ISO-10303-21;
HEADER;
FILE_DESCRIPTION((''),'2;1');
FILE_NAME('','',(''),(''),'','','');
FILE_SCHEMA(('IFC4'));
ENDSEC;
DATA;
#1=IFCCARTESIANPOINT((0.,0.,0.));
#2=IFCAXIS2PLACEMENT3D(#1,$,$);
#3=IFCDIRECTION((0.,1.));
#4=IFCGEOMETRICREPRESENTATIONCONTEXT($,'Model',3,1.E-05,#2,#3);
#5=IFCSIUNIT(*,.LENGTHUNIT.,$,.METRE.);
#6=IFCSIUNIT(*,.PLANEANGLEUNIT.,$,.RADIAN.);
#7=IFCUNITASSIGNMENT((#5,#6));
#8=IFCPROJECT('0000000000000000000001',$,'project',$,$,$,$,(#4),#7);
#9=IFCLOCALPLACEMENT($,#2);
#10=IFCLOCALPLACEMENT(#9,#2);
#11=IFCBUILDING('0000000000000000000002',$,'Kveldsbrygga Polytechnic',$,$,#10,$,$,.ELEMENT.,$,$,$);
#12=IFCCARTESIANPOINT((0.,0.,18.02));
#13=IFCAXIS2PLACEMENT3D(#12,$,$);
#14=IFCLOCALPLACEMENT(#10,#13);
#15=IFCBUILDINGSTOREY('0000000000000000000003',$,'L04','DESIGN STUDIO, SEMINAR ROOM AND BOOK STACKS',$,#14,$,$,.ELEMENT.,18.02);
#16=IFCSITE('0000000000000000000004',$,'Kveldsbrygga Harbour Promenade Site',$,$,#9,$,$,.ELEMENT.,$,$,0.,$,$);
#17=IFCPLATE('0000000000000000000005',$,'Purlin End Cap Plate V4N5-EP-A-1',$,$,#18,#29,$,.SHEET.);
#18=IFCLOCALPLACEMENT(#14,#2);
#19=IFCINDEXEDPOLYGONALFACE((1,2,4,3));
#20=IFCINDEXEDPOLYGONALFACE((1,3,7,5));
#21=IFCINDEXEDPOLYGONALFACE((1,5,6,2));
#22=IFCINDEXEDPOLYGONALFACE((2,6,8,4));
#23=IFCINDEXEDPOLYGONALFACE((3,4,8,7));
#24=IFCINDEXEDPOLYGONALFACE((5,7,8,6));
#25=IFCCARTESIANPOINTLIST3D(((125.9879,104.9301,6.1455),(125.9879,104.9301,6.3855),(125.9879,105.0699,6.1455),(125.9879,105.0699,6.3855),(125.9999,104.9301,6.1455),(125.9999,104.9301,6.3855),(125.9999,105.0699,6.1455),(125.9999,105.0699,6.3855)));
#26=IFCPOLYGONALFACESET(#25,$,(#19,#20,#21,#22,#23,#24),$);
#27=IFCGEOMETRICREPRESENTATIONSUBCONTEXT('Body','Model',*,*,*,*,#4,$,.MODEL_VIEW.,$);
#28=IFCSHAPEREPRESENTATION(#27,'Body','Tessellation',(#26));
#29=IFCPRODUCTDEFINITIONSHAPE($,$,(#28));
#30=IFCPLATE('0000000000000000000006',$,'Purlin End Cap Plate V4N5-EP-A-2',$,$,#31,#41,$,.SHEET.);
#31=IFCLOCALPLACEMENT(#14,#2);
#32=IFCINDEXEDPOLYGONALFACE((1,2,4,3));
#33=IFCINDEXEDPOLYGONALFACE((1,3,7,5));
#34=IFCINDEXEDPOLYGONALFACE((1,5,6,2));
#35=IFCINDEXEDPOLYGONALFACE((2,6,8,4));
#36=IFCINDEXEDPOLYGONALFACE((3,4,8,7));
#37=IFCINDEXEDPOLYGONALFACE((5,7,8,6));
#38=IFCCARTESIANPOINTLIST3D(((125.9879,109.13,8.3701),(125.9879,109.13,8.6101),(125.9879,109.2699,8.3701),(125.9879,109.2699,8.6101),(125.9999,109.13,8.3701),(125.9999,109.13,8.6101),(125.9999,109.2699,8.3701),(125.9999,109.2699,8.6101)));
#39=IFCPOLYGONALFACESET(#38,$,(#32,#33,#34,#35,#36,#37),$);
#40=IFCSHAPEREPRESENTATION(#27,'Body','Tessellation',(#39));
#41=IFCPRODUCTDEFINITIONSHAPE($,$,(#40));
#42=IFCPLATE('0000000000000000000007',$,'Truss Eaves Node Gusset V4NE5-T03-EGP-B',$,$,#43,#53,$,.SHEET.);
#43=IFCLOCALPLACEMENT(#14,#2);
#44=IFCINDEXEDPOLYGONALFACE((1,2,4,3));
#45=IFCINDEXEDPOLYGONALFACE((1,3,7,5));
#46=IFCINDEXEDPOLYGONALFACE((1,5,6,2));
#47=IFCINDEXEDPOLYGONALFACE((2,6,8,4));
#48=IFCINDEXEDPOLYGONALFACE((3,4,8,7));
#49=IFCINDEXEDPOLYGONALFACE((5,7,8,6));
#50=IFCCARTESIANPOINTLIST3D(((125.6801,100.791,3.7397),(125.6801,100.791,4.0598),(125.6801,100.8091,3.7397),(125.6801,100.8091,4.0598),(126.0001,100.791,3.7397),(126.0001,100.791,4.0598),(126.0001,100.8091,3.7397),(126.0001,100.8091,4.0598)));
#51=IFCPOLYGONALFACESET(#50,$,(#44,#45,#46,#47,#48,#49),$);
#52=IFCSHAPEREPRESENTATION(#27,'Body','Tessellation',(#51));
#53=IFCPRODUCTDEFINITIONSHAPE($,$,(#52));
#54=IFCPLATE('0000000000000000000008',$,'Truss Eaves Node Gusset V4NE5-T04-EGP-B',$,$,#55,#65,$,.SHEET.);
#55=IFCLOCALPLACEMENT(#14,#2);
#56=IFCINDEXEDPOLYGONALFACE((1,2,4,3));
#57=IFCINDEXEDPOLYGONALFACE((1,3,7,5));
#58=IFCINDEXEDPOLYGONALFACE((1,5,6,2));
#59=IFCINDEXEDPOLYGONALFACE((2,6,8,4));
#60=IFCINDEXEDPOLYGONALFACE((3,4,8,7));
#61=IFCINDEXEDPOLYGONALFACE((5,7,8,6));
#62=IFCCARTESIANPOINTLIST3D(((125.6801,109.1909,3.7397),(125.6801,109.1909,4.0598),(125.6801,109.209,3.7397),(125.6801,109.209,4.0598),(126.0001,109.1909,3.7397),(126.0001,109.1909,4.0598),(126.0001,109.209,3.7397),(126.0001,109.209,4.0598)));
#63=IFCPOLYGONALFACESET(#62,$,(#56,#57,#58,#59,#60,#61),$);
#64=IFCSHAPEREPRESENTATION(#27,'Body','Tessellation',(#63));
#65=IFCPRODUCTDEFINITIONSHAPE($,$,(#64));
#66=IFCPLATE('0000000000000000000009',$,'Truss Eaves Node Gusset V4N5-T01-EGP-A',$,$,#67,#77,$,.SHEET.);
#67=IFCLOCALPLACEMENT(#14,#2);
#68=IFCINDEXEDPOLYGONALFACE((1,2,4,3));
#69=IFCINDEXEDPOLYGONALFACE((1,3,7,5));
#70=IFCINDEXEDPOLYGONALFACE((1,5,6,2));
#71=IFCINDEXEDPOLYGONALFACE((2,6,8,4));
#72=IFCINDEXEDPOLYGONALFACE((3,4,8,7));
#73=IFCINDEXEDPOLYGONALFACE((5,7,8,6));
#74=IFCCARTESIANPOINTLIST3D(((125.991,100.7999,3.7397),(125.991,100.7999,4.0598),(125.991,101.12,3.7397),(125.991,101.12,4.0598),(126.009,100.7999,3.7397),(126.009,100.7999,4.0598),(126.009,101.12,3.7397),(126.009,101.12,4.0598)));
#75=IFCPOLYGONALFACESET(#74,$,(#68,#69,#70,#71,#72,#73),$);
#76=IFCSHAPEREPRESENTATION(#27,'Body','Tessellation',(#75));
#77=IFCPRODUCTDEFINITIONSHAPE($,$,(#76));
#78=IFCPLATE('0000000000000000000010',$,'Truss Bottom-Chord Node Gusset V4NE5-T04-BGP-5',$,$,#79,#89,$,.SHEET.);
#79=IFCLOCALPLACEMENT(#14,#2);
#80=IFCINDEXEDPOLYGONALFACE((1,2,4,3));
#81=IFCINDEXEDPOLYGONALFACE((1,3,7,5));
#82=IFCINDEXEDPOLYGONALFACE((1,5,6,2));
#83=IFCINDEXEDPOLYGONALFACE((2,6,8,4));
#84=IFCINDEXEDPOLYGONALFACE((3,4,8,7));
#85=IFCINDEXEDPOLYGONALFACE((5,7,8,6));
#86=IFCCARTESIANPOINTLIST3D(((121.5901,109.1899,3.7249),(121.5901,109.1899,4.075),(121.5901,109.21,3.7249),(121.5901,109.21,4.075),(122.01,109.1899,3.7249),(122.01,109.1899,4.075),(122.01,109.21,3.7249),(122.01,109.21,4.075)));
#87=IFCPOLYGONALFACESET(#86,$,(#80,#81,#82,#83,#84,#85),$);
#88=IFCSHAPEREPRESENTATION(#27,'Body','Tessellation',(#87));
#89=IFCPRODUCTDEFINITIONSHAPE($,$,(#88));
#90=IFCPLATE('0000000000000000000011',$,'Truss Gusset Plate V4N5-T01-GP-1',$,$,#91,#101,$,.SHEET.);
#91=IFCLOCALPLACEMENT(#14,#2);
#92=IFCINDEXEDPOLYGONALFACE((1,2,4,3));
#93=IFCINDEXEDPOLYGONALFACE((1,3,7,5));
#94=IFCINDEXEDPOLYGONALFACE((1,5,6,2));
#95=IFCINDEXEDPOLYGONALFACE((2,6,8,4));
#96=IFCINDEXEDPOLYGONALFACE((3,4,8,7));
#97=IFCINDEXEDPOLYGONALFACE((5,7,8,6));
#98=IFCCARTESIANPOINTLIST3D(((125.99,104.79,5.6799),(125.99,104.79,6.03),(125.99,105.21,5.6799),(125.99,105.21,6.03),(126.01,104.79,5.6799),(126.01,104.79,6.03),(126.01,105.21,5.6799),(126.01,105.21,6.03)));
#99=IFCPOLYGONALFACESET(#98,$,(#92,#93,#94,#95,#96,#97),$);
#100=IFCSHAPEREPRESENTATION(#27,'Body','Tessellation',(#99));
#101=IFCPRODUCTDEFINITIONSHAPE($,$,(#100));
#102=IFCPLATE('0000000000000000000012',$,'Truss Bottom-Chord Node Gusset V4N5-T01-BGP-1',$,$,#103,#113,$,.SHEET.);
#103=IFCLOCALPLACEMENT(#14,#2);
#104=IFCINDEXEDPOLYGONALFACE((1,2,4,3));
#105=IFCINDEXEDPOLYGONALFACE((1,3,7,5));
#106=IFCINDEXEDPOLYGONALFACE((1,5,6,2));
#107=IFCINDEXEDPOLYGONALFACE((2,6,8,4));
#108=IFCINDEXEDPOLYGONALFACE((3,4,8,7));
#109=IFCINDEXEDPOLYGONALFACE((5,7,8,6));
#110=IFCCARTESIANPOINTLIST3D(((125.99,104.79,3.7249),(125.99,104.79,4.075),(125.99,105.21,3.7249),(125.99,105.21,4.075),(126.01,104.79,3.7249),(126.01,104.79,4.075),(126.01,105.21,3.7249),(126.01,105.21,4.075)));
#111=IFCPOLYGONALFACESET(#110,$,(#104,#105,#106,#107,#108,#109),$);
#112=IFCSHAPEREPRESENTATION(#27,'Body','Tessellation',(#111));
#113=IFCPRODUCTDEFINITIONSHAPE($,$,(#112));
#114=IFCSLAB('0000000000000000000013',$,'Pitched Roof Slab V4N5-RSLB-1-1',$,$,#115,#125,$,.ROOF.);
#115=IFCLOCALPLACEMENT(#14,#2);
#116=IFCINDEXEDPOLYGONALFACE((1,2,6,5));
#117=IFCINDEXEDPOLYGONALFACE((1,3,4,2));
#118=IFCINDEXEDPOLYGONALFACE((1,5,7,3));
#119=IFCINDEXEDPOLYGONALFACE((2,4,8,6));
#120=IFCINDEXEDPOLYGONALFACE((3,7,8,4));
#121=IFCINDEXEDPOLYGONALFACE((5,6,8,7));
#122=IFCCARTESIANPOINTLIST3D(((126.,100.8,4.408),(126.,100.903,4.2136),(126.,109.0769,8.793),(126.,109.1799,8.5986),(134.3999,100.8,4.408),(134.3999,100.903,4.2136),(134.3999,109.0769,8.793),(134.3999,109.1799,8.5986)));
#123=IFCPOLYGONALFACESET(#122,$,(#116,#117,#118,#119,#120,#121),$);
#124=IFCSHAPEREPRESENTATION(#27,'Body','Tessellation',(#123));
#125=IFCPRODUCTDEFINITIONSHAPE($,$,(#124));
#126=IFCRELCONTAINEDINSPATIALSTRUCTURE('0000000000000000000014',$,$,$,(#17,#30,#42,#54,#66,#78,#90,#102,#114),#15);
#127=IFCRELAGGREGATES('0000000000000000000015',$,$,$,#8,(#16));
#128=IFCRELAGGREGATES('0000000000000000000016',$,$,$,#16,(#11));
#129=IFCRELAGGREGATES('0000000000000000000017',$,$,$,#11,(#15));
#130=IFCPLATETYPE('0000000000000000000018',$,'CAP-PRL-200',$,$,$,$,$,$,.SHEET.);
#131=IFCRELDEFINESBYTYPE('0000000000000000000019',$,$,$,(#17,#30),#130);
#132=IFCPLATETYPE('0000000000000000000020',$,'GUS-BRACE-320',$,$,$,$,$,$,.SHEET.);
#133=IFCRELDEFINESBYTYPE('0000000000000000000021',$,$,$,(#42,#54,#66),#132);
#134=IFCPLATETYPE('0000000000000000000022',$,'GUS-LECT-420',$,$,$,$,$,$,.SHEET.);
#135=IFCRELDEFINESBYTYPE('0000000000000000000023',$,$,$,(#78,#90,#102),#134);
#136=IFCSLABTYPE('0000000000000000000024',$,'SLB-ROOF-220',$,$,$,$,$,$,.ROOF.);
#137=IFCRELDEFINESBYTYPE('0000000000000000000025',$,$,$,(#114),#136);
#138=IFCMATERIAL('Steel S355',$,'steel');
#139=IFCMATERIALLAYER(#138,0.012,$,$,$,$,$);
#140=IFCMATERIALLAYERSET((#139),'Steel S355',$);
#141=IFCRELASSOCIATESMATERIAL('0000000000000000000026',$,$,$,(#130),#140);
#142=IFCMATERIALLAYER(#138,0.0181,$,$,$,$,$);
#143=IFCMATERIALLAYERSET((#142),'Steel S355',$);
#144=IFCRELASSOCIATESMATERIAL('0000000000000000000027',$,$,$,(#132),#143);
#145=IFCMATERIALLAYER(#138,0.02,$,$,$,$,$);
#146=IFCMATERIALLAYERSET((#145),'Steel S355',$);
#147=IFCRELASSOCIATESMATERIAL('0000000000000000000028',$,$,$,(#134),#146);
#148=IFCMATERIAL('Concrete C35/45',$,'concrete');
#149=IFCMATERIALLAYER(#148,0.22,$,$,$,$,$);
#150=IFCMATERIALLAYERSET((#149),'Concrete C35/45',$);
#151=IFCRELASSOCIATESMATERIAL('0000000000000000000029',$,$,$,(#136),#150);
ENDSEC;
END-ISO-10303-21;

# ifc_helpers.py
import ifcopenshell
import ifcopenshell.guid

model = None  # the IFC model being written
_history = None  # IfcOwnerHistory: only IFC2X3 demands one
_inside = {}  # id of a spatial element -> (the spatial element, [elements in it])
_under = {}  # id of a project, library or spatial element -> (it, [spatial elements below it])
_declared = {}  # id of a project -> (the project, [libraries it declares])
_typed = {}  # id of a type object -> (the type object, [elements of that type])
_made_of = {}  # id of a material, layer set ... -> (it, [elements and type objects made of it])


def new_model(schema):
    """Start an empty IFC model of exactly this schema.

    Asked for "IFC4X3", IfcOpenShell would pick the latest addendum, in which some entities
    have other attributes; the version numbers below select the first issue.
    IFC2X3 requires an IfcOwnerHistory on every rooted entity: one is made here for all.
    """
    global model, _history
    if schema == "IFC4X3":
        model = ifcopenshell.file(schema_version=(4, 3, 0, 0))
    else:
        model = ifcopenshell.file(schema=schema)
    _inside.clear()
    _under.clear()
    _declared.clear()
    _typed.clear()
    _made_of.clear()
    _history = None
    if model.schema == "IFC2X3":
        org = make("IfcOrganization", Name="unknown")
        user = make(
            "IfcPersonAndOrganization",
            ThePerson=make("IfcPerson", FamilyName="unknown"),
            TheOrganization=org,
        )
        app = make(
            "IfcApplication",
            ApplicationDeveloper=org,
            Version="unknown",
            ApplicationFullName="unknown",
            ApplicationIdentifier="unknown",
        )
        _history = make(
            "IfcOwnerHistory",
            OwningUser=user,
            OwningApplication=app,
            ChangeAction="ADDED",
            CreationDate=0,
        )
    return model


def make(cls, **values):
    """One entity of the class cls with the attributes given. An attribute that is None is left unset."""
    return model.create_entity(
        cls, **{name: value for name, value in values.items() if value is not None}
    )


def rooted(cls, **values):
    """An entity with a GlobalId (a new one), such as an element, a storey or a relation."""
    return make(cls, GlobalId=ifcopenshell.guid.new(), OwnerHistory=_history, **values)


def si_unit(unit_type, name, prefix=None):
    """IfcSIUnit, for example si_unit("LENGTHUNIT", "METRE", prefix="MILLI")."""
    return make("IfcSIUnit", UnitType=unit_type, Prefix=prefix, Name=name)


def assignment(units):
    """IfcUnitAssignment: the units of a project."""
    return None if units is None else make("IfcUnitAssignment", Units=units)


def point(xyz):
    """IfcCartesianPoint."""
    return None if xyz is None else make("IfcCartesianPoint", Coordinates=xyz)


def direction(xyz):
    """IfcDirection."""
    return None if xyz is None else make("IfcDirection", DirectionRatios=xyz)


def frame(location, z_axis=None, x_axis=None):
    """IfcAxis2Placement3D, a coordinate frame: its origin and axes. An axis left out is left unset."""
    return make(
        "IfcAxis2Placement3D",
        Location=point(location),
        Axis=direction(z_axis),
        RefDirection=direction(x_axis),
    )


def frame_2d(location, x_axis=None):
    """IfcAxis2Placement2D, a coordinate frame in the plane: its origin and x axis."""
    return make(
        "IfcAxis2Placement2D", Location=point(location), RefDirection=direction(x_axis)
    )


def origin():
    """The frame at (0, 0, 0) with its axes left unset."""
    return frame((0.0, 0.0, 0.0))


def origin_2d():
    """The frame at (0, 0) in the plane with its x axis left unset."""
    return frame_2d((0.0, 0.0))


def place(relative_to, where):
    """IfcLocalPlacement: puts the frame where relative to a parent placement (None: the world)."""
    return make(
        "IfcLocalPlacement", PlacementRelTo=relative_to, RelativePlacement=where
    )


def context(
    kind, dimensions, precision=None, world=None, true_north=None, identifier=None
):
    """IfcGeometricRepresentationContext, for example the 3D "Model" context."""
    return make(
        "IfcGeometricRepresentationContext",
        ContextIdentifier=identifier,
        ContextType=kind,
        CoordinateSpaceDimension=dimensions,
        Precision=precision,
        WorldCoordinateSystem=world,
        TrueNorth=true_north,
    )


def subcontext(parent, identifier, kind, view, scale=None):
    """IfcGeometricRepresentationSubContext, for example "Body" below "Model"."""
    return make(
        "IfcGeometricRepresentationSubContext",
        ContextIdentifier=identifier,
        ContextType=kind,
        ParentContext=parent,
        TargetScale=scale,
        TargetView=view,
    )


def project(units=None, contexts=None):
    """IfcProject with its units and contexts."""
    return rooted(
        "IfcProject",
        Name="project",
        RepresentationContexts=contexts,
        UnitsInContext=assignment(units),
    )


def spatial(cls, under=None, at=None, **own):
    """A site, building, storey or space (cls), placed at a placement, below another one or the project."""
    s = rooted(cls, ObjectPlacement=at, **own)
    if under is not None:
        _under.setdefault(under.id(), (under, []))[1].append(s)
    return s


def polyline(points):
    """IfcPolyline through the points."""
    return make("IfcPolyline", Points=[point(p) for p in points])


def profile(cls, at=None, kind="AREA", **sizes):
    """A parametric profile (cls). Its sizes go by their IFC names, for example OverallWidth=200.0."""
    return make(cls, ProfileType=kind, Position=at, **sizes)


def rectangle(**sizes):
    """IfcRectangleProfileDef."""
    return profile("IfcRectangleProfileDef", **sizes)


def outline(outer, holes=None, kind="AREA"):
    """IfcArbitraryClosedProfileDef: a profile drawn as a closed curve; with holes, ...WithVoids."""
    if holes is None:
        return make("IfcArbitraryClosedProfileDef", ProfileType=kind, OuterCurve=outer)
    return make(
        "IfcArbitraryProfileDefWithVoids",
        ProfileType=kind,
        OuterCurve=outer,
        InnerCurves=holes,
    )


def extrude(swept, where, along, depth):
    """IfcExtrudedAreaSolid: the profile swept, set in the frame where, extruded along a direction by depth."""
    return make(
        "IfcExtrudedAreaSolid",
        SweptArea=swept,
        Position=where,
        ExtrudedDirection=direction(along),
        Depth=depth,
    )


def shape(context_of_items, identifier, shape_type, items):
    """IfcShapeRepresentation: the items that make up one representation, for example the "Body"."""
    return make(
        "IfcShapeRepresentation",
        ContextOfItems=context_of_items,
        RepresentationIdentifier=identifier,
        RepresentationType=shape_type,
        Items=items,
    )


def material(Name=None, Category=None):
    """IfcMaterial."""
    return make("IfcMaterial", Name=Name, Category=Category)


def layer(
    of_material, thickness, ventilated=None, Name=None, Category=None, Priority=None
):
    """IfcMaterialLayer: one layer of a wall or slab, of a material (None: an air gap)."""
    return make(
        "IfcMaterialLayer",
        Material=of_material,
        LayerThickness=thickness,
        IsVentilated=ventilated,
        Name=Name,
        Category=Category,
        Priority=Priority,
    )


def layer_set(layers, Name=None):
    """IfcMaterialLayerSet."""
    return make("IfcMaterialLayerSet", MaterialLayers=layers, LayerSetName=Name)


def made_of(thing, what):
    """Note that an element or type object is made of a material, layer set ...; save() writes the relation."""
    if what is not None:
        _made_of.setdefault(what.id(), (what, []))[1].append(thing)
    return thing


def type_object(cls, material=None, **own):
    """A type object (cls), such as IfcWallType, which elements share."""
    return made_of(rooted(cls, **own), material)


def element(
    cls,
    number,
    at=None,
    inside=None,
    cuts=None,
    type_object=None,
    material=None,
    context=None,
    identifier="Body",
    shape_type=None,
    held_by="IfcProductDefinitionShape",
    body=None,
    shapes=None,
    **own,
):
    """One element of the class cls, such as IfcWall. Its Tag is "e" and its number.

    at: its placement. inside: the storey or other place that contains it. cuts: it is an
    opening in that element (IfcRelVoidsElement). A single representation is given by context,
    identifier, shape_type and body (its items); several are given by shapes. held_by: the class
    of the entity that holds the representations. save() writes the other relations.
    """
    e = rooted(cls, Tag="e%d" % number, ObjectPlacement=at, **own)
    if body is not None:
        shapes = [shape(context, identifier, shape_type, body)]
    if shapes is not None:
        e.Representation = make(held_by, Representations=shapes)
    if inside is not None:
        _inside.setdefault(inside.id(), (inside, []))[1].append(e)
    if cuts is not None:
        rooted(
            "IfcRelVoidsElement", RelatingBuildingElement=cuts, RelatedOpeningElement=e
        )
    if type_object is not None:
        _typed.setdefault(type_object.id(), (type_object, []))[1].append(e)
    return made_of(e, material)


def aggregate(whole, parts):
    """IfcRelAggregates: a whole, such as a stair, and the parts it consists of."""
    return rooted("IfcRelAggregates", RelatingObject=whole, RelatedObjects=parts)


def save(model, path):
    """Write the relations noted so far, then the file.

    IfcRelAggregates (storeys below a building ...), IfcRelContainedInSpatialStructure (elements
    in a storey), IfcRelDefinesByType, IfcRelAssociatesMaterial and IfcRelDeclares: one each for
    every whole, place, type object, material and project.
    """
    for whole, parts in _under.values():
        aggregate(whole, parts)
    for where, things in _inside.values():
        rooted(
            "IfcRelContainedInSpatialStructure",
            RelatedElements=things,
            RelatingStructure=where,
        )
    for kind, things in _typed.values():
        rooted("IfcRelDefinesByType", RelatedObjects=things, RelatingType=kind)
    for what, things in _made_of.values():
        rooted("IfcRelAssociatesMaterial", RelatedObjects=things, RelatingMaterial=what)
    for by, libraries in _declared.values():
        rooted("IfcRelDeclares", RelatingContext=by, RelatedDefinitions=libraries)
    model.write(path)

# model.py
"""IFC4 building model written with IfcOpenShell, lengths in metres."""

from ifc_helpers import new_model, si_unit, direction, frame, origin, origin_2d, place, context, subcontext, project, spatial, polyline, rectangle, outline, extrude, material, layer, layer_set, type_object, element, save


model = new_model("IFC4")

# Units and contexts
model_context = context("Model", 3, precision=1e-05, world=origin(), true_north=direction((0.0, 1.0)))
body_context = subcontext(model_context, "Body", "Model", "MODEL_VIEW")
ifc_project = project(units=[si_unit("LENGTHUNIT", "METRE"), si_unit("PLANEANGLEUNIT", "RADIAN")], contexts=[model_context])

# Site, building, storey
site_placement = place(None, origin())
site = spatial("IfcSite", under=ifc_project, at=site_placement, Name="Kveldsbrygga Harbour Promenade Site", CompositionType="ELEMENT", RefElevation=0.0)
building_placement = place(site_placement, origin())
building = spatial("IfcBuilding", under=site, at=building_placement, Name="Kveldsbrygga Polytechnic", CompositionType="ELEMENT")
storey_placement = place(building_placement, frame((0.0, 0.0, 18.02)))
storey = spatial("IfcBuildingStorey", under=building, at=storey_placement, Name="L04", Description="DESIGN STUDIO, SEMINAR ROOM AND BOOK STACKS", CompositionType="ELEMENT", Elevation=18.02)

# Shared definitions
ifc_material_1 = material(Name="Concrete C35/45", Category="concrete")

# Shared definitions
ifc_material_2 = material(Name="Steel S355", Category="steel")

# Plates
ifc_layer_1 = layer(ifc_material_2, 0.012)
ifc_layer_set_1 = layer_set([ifc_layer_1], Name="Steel S355")
plate_type_1 = type_object("IfcPlateType", Name="CAP-PRL-200", PredefinedType="SHEET", material=ifc_layer_set_1)
for number, where, z_axis, x_axis, name in (
    (1, (125.9939, 105.0, 6.1455), (0.0, 0.0, 1.0), (1.0, 0.0, 0.0), "Purlin End Cap Plate V4N5-EP-A-1"),
    (2, (125.9939, 109.2, 8.3701), (0.0, 0.0, 1.0), (1.0, 0.0, 0.0), "Purlin End Cap Plate V4N5-EP-A-2"),
):
    element("IfcPlate", number, at=place(storey_placement, frame(where, z_axis=z_axis, x_axis=x_axis)), inside=storey, type_object=plate_type_1, Name=name, PredefinedType="SHEET", context=body_context, shape_type="SweptSolid", body=[
        extrude(rectangle(XDim=0.012, YDim=0.1399, at=origin_2d()), origin(), (0.0, 0.0, 1.0), 0.24),
    ])
ifc_layer_2 = layer(ifc_material_2, 0.0181)
ifc_layer_set_2 = layer_set([ifc_layer_2], Name="Steel S355")
plate_type_2 = type_object("IfcPlateType", Name="GUS-BRACE-320", PredefinedType="SHEET", material=ifc_layer_set_2)
for number, where, z_axis, x_axis, name in (
    (3, (125.8401, 100.8, 3.7397), (0.0, 0.0, 1.0), (1.0, 0.0, 0.0), "Truss Eaves Node Gusset V4NE5-T03-EGP-B"),
    (4, (125.8401, 109.2, 3.7397), (0.0, 0.0, 1.0), (1.0, 0.0, 0.0), "Truss Eaves Node Gusset V4NE5-T04-EGP-B"),
):
    element("IfcPlate", number, at=place(storey_placement, frame(where, z_axis=z_axis, x_axis=x_axis)), inside=storey, type_object=plate_type_2, Name=name, PredefinedType="SHEET", context=body_context, shape_type="SweptSolid", body=[
        extrude(rectangle(XDim=0.3201, YDim=0.0181, at=origin_2d()), origin(), (0.0, 0.0, 1.0), 0.3201),
    ])
plate_1_placement = place(storey_placement, frame((126.0, 100.96, 3.7397), z_axis=(0.0, 0.0, 1.0), x_axis=(1.0, 0.0, 0.0)))
element("IfcPlate", 5, at=plate_1_placement, inside=storey, type_object=plate_type_2, Name="Truss Eaves Node Gusset V4N5-T01-EGP-A", PredefinedType="SHEET", context=body_context, shape_type="SweptSolid", body=[
    extrude(rectangle(XDim=0.0181, YDim=0.3201, at=origin_2d()), origin(), (0.0, 0.0, 1.0), 0.3201),
])
ifc_layer_3 = layer(ifc_material_2, 0.02)
ifc_layer_set_3 = layer_set([ifc_layer_3], Name="Steel S355")
plate_type_3 = type_object("IfcPlateType", Name="GUS-LECT-420", PredefinedType="SHEET", material=ifc_layer_set_3)
plate_2_placement = place(storey_placement, frame((121.8, 109.2, 3.7249), z_axis=(0.0, 0.0, 1.0), x_axis=(1.0, 0.0, 0.0)))
element("IfcPlate", 6, at=plate_2_placement, inside=storey, type_object=plate_type_3, Name="Truss Bottom-Chord Node Gusset V4NE5-T04-BGP-5", PredefinedType="SHEET", context=body_context, shape_type="SweptSolid", body=[
    extrude(rectangle(XDim=0.4199, YDim=0.02, at=origin_2d()), origin(), (0.0, 0.0, 1.0), 0.3501),
])
for number, where, z_axis, x_axis, name in (
    (7, (126.0, 105.0, 5.6799), (0.0, 0.0, 1.0), (1.0, 0.0, 0.0), "Truss Gusset Plate V4N5-T01-GP-1"),
    (8, (126.0, 105.0, 3.7249), (0.0, 0.0, 1.0), (1.0, 0.0, 0.0), "Truss Bottom-Chord Node Gusset V4N5-T01-BGP-1"),
):
    element("IfcPlate", number, at=place(storey_placement, frame(where, z_axis=z_axis, x_axis=x_axis)), inside=storey, type_object=plate_type_3, Name=name, PredefinedType="SHEET", context=body_context, shape_type="SweptSolid", body=[
        extrude(rectangle(XDim=0.02, YDim=0.4199, at=origin_2d()), origin(), (0.0, 0.0, 1.0), 0.3501),
    ])

# Slab
ifc_layer_4 = layer(ifc_material_1, 0.22)
ifc_layer_set_4 = layer_set([ifc_layer_4], Name="Concrete C35/45")
slab_type = type_object("IfcSlabType", Name="SLB-ROOF-220", PredefinedType="ROOF", material=ifc_layer_set_4)
slab_placement = place(storey_placement, frame((126.0, 100.8, 4.408), z_axis=(0.0, -0.46815, 0.883649), x_axis=(1.0, 0.0, 0.0)))
element("IfcSlab", 9, at=slab_placement, inside=storey, type_object=slab_type, Name="Pitched Roof Slab V4N5-RSLB-1-1", PredefinedType="ROOF", context=body_context, shape_type="SweptSolid", body=[
    extrude(outline(polyline([(0.0, 0.0), (8.3999, 0.0), (8.3999, 9.3667), (0.0, 9.3667), (0.0, 0.0)])), origin(), (0.0, 0.0, -1.0), 0.22),
])

save(model, "model.ifc")
